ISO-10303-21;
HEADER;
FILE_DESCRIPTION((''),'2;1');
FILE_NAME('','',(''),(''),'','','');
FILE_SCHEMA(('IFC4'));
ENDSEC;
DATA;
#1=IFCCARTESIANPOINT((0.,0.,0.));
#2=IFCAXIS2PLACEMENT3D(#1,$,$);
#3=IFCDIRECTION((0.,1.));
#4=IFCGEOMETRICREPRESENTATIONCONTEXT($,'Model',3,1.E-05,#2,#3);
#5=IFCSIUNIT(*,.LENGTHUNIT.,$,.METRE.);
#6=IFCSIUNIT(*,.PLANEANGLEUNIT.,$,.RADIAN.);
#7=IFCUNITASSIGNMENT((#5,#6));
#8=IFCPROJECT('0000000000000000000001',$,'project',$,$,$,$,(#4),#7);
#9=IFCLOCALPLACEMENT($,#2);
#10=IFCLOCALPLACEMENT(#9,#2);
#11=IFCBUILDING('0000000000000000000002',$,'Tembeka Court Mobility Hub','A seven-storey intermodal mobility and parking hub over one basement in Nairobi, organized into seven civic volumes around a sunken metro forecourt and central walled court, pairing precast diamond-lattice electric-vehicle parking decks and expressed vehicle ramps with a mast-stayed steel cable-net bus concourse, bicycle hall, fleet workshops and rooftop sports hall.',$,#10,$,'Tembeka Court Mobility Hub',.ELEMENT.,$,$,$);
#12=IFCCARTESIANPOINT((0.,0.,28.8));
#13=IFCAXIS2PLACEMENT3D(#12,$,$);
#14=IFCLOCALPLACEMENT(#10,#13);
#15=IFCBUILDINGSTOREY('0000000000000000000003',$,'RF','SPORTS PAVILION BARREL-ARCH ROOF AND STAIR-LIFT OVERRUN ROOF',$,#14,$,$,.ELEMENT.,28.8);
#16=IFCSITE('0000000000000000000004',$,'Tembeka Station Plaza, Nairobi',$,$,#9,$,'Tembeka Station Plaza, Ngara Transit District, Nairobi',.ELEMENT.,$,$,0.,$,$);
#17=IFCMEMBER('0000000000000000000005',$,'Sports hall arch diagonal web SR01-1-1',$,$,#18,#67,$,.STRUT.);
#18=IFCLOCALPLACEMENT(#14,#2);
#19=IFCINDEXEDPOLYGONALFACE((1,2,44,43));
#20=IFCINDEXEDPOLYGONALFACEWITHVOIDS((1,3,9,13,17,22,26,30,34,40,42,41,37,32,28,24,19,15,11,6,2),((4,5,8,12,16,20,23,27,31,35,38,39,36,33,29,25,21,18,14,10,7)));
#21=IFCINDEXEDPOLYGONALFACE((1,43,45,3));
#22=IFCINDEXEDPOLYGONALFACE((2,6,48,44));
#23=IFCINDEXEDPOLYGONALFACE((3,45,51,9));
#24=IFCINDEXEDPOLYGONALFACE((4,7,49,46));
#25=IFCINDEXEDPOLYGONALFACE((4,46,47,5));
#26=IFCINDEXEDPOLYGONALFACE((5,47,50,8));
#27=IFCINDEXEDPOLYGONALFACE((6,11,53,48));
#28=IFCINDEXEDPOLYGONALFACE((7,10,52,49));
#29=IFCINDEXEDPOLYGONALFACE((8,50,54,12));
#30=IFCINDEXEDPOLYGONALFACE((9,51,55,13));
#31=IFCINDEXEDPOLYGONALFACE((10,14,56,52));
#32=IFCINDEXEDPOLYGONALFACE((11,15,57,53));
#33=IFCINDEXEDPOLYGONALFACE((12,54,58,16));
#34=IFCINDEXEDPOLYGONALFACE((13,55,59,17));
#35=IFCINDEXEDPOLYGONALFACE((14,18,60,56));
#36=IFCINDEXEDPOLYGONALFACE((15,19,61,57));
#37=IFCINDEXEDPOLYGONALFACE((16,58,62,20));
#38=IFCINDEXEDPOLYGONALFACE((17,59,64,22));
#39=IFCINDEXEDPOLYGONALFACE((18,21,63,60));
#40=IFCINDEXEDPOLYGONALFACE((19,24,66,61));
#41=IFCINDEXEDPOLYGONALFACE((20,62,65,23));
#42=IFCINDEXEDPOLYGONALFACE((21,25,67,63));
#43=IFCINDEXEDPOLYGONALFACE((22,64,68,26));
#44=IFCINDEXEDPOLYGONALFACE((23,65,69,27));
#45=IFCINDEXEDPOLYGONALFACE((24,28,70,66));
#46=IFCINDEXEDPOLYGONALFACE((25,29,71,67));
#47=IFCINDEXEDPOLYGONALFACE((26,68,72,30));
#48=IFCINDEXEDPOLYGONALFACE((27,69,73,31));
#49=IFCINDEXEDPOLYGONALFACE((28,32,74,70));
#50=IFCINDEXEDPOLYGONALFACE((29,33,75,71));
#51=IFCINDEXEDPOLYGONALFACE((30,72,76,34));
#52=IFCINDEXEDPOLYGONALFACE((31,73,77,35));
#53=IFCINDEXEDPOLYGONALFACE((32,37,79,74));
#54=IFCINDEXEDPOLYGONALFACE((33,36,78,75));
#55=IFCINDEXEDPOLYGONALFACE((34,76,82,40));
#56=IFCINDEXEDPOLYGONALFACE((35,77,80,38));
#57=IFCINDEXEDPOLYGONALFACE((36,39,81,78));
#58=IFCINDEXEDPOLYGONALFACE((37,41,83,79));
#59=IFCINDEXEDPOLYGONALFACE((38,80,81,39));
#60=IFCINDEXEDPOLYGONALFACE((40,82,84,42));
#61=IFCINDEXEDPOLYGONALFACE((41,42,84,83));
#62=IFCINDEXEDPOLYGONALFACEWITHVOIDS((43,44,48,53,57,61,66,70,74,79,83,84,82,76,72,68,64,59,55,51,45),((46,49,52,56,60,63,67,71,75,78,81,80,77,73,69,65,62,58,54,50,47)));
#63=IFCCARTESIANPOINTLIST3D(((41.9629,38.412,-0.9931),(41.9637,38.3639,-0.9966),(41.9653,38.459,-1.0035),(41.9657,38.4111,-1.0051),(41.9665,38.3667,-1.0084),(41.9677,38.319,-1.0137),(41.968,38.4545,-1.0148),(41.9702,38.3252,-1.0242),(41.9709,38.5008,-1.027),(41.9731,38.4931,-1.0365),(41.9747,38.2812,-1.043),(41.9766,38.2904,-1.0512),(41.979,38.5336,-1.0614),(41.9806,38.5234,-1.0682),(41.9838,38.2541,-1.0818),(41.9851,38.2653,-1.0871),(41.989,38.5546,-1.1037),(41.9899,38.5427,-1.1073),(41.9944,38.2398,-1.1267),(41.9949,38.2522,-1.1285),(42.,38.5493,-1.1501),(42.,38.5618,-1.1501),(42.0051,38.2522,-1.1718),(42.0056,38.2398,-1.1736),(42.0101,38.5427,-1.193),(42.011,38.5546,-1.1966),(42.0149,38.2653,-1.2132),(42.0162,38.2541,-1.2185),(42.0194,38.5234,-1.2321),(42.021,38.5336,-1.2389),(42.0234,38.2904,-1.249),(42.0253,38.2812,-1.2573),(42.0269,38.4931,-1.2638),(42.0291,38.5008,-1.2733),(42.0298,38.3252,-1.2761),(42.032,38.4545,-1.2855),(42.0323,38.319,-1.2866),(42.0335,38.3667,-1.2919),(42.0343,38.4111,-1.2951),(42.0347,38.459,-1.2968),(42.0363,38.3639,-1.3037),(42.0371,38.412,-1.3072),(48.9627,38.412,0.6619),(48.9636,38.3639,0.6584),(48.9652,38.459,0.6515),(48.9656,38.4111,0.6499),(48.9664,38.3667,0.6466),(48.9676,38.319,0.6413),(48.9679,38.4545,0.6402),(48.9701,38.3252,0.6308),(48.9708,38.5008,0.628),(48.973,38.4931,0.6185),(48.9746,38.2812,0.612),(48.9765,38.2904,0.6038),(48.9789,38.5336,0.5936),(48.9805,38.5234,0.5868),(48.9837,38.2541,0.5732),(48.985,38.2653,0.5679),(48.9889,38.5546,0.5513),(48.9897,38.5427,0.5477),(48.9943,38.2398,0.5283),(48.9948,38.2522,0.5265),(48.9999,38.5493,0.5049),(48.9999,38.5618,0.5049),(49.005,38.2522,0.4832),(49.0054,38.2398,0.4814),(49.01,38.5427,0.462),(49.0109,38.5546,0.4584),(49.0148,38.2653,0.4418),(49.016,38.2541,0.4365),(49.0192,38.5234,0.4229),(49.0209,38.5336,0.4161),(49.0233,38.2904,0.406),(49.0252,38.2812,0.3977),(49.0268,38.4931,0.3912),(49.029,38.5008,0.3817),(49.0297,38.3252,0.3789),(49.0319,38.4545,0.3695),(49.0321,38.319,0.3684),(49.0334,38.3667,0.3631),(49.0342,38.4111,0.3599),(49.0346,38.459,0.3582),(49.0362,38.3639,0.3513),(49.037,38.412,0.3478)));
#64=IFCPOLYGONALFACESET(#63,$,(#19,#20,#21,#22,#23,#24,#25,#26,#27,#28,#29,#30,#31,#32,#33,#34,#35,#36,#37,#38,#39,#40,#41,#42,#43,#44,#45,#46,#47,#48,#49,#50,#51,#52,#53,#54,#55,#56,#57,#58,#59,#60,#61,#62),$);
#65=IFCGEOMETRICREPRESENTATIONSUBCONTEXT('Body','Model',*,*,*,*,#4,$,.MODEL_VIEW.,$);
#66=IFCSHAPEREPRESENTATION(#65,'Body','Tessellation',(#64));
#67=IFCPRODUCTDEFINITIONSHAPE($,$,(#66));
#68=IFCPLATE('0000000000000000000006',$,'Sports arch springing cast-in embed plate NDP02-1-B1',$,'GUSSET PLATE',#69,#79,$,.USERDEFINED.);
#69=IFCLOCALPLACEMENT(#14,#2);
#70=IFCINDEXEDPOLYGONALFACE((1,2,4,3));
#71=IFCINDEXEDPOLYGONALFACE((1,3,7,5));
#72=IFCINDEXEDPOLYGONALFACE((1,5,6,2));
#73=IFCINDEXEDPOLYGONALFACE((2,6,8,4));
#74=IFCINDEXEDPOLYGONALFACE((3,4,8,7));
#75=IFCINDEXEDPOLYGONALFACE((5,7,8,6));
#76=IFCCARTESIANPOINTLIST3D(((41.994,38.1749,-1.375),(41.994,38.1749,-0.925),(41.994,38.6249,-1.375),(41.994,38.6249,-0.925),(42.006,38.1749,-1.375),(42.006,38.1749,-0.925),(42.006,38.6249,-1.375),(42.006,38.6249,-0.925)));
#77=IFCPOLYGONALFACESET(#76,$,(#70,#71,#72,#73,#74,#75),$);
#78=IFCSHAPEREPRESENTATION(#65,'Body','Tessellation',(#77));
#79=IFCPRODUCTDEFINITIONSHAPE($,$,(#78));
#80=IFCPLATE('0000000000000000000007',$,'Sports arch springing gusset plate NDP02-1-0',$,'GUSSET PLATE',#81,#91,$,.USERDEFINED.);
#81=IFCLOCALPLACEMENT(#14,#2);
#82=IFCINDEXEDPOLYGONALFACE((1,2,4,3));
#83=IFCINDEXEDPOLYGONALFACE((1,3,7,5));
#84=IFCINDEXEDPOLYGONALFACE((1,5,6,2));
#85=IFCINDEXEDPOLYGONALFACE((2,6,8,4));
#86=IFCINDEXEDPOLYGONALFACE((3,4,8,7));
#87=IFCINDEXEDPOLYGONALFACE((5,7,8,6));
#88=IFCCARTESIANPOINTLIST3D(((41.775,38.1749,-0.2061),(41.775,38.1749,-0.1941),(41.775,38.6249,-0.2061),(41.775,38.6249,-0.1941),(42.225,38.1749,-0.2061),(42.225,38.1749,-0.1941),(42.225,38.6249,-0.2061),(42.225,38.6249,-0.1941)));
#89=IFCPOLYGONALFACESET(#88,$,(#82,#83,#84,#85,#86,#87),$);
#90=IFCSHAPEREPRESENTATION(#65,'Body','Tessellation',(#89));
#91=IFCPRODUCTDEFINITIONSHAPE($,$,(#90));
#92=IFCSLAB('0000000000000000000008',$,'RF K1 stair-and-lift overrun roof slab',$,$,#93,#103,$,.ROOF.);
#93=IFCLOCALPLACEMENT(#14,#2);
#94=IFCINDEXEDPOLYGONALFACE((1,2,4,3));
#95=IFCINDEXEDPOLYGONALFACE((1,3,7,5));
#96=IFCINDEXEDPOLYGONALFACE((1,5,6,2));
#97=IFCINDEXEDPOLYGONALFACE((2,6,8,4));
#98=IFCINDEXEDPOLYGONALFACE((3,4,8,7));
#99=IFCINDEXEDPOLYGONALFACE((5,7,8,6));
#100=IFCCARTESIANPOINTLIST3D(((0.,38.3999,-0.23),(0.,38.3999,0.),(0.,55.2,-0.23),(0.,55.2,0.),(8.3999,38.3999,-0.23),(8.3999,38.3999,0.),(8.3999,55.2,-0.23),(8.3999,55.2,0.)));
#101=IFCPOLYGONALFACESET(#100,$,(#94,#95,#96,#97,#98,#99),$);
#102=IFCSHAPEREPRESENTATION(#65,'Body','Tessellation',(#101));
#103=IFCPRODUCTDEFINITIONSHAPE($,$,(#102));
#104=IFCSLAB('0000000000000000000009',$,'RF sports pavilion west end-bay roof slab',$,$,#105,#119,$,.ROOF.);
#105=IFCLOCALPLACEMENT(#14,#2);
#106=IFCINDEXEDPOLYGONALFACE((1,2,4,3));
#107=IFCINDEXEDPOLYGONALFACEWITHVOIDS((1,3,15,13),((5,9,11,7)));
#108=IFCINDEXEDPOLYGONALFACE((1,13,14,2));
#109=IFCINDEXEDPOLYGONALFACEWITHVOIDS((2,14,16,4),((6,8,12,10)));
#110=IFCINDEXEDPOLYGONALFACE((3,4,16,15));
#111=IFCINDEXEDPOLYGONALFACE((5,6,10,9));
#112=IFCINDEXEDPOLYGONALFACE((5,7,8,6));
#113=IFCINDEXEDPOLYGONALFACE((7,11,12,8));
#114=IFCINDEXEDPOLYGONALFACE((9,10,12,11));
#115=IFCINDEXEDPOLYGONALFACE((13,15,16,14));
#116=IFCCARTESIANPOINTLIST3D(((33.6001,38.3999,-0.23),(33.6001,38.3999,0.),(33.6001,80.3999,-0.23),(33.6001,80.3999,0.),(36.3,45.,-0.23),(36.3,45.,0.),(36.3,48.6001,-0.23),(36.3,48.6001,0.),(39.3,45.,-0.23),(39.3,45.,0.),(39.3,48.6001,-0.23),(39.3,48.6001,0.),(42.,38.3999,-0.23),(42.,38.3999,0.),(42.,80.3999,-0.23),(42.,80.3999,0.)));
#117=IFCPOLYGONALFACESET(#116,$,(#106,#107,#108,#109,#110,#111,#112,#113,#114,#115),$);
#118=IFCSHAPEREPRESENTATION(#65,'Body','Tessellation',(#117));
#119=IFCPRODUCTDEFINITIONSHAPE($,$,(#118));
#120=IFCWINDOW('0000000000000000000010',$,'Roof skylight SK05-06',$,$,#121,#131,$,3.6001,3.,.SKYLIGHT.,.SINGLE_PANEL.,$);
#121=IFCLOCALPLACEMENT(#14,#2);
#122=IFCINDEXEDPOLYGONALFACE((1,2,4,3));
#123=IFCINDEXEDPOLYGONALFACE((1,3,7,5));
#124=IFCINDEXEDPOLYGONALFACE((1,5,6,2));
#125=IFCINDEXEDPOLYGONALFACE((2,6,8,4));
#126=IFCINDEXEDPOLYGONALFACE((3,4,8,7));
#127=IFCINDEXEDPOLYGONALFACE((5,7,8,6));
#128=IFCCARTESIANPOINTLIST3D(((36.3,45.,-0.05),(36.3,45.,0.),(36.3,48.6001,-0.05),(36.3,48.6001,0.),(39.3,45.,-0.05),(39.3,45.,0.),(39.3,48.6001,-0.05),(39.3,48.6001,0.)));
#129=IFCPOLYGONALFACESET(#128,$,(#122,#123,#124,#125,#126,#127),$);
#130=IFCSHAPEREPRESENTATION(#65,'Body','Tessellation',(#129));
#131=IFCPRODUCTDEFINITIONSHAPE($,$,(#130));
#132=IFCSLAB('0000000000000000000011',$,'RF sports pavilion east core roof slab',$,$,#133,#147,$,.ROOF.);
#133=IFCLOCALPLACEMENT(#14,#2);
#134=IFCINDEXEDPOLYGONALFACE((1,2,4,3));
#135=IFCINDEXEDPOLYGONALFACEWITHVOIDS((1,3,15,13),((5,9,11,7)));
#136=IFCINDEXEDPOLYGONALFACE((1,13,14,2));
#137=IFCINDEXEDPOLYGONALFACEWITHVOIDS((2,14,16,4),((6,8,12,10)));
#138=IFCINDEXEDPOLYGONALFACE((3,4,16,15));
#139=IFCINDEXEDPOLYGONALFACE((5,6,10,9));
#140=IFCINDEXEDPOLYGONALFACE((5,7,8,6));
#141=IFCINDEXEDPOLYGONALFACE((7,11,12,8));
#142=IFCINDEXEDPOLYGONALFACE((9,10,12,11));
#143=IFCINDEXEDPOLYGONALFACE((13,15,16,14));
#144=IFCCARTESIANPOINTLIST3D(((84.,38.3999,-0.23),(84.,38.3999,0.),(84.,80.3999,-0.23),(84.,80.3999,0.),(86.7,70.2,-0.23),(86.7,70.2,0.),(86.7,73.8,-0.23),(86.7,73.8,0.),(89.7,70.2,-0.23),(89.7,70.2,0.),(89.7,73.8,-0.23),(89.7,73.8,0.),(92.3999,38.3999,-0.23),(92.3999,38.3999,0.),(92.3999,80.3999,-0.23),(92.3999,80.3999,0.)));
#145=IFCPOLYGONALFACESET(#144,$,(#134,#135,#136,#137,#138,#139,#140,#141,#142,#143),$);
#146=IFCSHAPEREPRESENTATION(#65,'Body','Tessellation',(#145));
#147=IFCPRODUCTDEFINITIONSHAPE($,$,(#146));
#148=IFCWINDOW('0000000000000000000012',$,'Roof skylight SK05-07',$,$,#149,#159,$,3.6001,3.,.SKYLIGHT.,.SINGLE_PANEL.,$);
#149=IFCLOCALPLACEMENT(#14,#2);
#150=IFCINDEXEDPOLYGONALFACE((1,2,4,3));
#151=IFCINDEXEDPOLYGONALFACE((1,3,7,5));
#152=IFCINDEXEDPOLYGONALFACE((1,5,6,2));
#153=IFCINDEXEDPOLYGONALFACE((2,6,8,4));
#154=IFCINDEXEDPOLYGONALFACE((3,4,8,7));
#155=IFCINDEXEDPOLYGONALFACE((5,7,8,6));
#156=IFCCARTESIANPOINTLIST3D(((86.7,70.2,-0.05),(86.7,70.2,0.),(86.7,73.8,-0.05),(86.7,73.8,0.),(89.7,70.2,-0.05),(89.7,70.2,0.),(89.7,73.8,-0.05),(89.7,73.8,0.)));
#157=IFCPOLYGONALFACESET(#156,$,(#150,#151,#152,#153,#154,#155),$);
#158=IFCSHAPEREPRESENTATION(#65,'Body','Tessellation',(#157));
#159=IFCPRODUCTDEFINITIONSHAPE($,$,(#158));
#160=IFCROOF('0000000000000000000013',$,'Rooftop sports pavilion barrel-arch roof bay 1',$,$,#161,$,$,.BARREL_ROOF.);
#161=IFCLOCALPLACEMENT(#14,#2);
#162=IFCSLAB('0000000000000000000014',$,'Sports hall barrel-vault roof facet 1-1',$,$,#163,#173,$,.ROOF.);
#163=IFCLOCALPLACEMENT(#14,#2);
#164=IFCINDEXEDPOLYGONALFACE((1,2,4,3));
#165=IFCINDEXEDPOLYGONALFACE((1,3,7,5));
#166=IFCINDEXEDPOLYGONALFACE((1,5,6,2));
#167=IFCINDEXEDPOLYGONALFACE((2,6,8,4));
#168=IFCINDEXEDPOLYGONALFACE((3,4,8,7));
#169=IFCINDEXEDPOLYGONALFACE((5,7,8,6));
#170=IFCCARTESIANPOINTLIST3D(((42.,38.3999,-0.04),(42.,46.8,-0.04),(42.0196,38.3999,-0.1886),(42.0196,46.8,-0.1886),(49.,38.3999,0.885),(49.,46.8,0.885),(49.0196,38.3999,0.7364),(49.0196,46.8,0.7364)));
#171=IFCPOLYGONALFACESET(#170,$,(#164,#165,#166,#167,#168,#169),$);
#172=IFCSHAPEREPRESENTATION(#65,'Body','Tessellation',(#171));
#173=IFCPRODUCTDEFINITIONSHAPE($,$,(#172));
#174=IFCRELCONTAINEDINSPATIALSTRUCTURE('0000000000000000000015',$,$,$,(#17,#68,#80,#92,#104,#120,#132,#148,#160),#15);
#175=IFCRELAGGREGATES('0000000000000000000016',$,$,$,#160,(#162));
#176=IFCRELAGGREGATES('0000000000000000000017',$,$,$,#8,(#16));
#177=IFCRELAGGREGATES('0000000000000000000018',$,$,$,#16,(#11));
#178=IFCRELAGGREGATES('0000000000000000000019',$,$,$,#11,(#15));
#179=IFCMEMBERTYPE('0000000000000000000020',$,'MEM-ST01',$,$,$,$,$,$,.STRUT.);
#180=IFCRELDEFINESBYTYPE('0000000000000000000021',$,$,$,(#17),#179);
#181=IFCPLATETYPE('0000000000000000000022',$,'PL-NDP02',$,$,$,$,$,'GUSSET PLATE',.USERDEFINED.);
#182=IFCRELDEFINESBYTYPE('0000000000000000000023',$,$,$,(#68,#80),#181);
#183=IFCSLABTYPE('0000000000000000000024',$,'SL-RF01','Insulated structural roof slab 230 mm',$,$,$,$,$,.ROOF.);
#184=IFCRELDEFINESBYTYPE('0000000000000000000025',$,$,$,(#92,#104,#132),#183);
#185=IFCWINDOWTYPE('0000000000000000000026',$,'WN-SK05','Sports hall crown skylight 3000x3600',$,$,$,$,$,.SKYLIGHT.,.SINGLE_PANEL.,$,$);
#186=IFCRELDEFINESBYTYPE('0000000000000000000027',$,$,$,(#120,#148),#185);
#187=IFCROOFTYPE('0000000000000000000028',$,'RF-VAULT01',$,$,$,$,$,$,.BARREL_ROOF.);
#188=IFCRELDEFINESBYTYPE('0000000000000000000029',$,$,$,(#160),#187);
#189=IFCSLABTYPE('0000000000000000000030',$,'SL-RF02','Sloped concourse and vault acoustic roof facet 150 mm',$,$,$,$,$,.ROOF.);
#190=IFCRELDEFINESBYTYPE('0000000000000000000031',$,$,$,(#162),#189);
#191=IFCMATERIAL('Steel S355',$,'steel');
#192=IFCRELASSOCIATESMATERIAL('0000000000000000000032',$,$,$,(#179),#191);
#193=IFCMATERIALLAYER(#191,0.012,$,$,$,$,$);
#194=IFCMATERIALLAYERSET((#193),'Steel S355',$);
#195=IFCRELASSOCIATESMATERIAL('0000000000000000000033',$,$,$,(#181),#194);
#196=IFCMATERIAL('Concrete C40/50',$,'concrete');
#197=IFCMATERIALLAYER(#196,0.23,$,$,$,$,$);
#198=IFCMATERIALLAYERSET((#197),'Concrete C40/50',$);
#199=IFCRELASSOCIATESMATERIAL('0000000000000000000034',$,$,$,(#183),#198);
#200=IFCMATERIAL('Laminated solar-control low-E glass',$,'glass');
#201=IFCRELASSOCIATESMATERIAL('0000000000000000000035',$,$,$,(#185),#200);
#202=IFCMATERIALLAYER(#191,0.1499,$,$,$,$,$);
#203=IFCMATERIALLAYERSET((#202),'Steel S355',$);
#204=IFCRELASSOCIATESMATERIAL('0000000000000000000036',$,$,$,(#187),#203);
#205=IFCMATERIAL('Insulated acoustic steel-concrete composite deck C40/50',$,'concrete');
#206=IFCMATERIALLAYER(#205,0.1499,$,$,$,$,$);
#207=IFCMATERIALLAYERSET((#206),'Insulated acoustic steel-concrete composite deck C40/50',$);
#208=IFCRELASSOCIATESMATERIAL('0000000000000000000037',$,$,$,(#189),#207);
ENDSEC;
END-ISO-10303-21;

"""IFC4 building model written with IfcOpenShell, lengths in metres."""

from ifc_helpers import new_model, si_unit, direction, frame, origin, origin_2d, place, context, subcontext, project, spatial, polyline, rectangle, hollow_circle, outline, extrude, material, layer, layer_set, material_profile, profile_set, type_object, element, fill, aggregate, save


model = new_model("IFC4")

# Units and contexts
model_context = context("Model", 3, precision=1e-05, world=origin(), true_north=direction((0.0, 1.0)))
body_context = subcontext(model_context, "Body", "Model", "MODEL_VIEW")
ifc_project = project(units=[si_unit("LENGTHUNIT", "METRE"), si_unit("PLANEANGLEUNIT", "RADIAN")], contexts=[model_context])

# Site, building, storey
site_placement = place(None, origin())
site = spatial("IfcSite", under=ifc_project, at=site_placement, Name="Tembeka Station Plaza, Nairobi", LongName="Tembeka Station Plaza, Ngara Transit District, Nairobi", CompositionType="ELEMENT", RefElevation=0.0)
building_placement = place(site_placement, origin())
building = spatial("IfcBuilding", under=site, at=building_placement, Name="Tembeka Court Mobility Hub", Description="A seven-storey intermodal mobility and parking hub over one basement in Nairobi, organized into seven civic volumes around a sunken metro forecourt and central walled court, pairing precast diamond-lattice electric-vehicle parking decks and expressed vehicle ramps with a mast-stayed steel cable-net bus concourse, bicycle hall, fleet workshops and rooftop sports hall.", LongName="Tembeka Court Mobility Hub", CompositionType="ELEMENT")
storey_placement = place(building_placement, frame((0.0, 0.0, 28.8)))
storey = spatial("IfcBuildingStorey", under=building, at=storey_placement, Name="RF", Description="SPORTS PAVILION BARREL-ARCH ROOF AND STAIR-LIFT OVERRUN ROOF", CompositionType="ELEMENT", Elevation=28.8)

# Shared definitions
ifc_material_1 = material(Name="Steel S355", Category="steel")

# Member
ifc_material_profile_1 = material_profile(ifc_material_1, hollow_circle(Radius=0.1619, WallThickness=0.0125, at=origin_2d()), Name="CHS 323.9x12.5")
ifc_profile_set_1 = profile_set([ifc_material_profile_1], Name="Steel S355")
member_type = type_object("IfcMemberType", Name="MEM-ST01", PredefinedType="STRUT", material=ifc_profile_set_1)
member_1_placement = place(storey_placement, frame((42.0, 38.3999, -1.1501), z_axis=(0.97317, 0.0, 0.230089), x_axis=(0.0, 1.0, 0.0)))
element("IfcMember", 1, at=member_1_placement, inside=storey, type_object=member_type, Name="Sports hall arch diagonal web SR01-1-1", PredefinedType="STRUT", context=body_context, shape_type="SweptSolid", body=[
    extrude(hollow_circle(Radius=0.1619, WallThickness=0.0125, at=origin_2d()), origin(), (0.0, 0.0, 1.0), 7.1929),
])

# Plates
ifc_layer_1 = layer(ifc_material_1, 0.012)
ifc_layer_set_1 = layer_set([ifc_layer_1], Name="Steel S355")
plate_type = type_object("IfcPlateType", Name="PL-NDP02", ElementType="GUSSET PLATE", PredefinedType="USERDEFINED", material=ifc_layer_set_1)
plate_1_placement = place(storey_placement, frame((42.0, 38.3999, -1.375), z_axis=(0.0, 0.0, 1.0), x_axis=(1.0, 0.0, 0.0)))
element("IfcPlate", 2, at=plate_1_placement, inside=storey, type_object=plate_type, Name="Sports arch springing cast-in embed plate NDP02-1-B1", ObjectType="GUSSET PLATE", PredefinedType="USERDEFINED", context=body_context, shape_type="SweptSolid", body=[
    extrude(rectangle(XDim=0.012, YDim=0.45, at=origin_2d()), origin(), (0.0, 0.0, 1.0), 0.45),
])
plate_2_placement = place(storey_placement, frame((42.0, 38.3999, -0.2061), z_axis=(0.0, 0.0, 1.0), x_axis=(1.0, 0.0, 0.0)))
element("IfcPlate", 3, at=plate_2_placement, inside=storey, type_object=plate_type, Name="Sports arch springing gusset plate NDP02-1-0", ObjectType="GUSSET PLATE", PredefinedType="USERDEFINED", context=body_context, shape_type="SweptSolid", body=[
    extrude(rectangle(XDim=0.45, YDim=0.45, at=origin_2d()), origin(), (0.0, 0.0, 1.0), 0.012),
])

# Slab
ifc_material_2 = material(Name="Concrete C40/50", Category="concrete")
ifc_layer_2 = layer(ifc_material_2, 0.23)
ifc_layer_set_2 = layer_set([ifc_layer_2], Name="Concrete C40/50")
slab_type_1 = type_object("IfcSlabType", Name="SL-RF01", Description="Insulated structural roof slab 230 mm", PredefinedType="ROOF", material=ifc_layer_set_2)
slab_1_placement = place(storey_placement, frame((0.0, 0.0, -0.23)))
element("IfcSlab", 4, at=slab_1_placement, inside=storey, type_object=slab_type_1, Name="RF K1 stair-and-lift overrun roof slab", PredefinedType="ROOF", context=body_context, shape_type="SweptSolid", body=[
    extrude(outline(polyline([(0.0, 38.3999), (8.3999, 38.3999), (8.3999, 55.2), (0.0, 55.2), (0.0, 38.3999)])), origin(), (0.0, 0.0, 1.0), 0.23),
])

# Slabs, openings, windows
slab_2_placement = place(storey_placement, frame((0.0, 0.0, -0.23)))
slab_2 = element("IfcSlab", 5, at=slab_2_placement, inside=storey, type_object=slab_type_1, Name="RF sports pavilion west end-bay roof slab", PredefinedType="ROOF", context=body_context, shape_type="SweptSolid", body=[
    extrude(outline(polyline([(33.6001, 38.3999), (42.0, 38.3999), (42.0, 80.3999), (33.6001, 80.3999), (33.6001, 38.3999)])), origin(), (0.0, 0.0, 1.0), 0.23),
])
opening_1_placement = place(slab_2_placement, frame((37.8, 46.8, -0.01)))
opening_1 = element("IfcOpeningElement", 6, at=opening_1_placement, cuts=slab_2, PredefinedType="OPENING", context=body_context, shape_type="SweptSolid", body=[
    extrude(rectangle(XDim=3.0, YDim=3.6001, at=origin_2d()), origin(), (0.0, 0.0, 1.0), 0.25),
])
ifc_material_3 = material(Name="Laminated solar-control low-E glass", Category="glass")
window_type = type_object("IfcWindowType", Name="WN-SK05", Description="Sports hall crown skylight 3000x3600", PartitioningType="SINGLE_PANEL", PredefinedType="SKYLIGHT", material=ifc_material_3)
window_1_placement = place(opening_1_placement, frame((0.0, 0.0, 0.1899)))
window_1 = element("IfcWindow", 7, at=window_1_placement, inside=storey, type_object=window_type, Name="Roof skylight SK05-06", OverallHeight=3.6001, OverallWidth=3.0, PartitioningType="SINGLE_PANEL", PredefinedType="SKYLIGHT", context=body_context, shape_type="SweptSolid", body=[
    extrude(rectangle(XDim=3.0, YDim=3.6001, at=origin_2d()), origin(), (0.0, 0.0, 1.0), 0.05),
])
fill(opening_1, window_1)
slab_3_placement = place(storey_placement, frame((0.0, 0.0, -0.23)))
slab_3 = element("IfcSlab", 8, at=slab_3_placement, inside=storey, type_object=slab_type_1, Name="RF sports pavilion east core roof slab", PredefinedType="ROOF", context=body_context, shape_type="SweptSolid", body=[
    extrude(outline(polyline([(84.0, 38.3999), (92.3999, 38.3999), (92.3999, 80.3999), (84.0, 80.3999), (84.0, 38.3999)])), origin(), (0.0, 0.0, 1.0), 0.23),
])
opening_2_placement = place(slab_3_placement, frame((88.2, 72.0, -0.01)))
opening_2 = element("IfcOpeningElement", 9, at=opening_2_placement, cuts=slab_3, PredefinedType="OPENING", context=body_context, shape_type="SweptSolid", body=[
    extrude(rectangle(XDim=3.0, YDim=3.6001, at=origin_2d()), origin(), (0.0, 0.0, 1.0), 0.25),
])
window_2_placement = place(opening_2_placement, frame((0.0, 0.0, 0.1899)))
window_2 = element("IfcWindow", 10, at=window_2_placement, inside=storey, type_object=window_type, Name="Roof skylight SK05-07", OverallHeight=3.6001, OverallWidth=3.0, PartitioningType="SINGLE_PANEL", PredefinedType="SKYLIGHT", context=body_context, shape_type="SweptSolid", body=[
    extrude(rectangle(XDim=3.0, YDim=3.6001, at=origin_2d()), origin(), (0.0, 0.0, 1.0), 0.05),
])
fill(opening_2, window_2)

# Roof, slab
ifc_layer_3 = layer(ifc_material_1, 0.1499)
ifc_layer_set_3 = layer_set([ifc_layer_3], Name="Steel S355")
roof_type = type_object("IfcRoofType", Name="RF-VAULT01", PredefinedType="BARREL_ROOF", material=ifc_layer_set_3)
roof_placement = place(storey_placement, origin())
roof = element("IfcRoof", 11, at=roof_placement, inside=storey, type_object=roof_type, Name="Rooftop sports pavilion barrel-arch roof bay 1", PredefinedType="BARREL_ROOF")
ifc_material_4 = material(Name="Insulated acoustic steel-concrete composite deck C40/50", Category="concrete")
ifc_layer_4 = layer(ifc_material_4, 0.1499)
ifc_layer_set_4 = layer_set([ifc_layer_4], Name="Insulated acoustic steel-concrete composite deck C40/50")
slab_type_2 = type_object("IfcSlabType", Name="SL-RF02", Description="Sloped concourse and vault acoustic roof facet 150 mm", PredefinedType="ROOF", material=ifc_layer_set_4)
slab_4_placement = place(storey_placement, frame((42.0, 38.3999, -0.04), z_axis=(-0.131011, 0.0, 0.991381), x_axis=(0.991381, 0.0, 0.131011)))
slab_4 = element("IfcSlab", 12, at=slab_4_placement, type_object=slab_type_2, Name="Sports hall barrel-vault roof facet 1-1", PredefinedType="ROOF", context=body_context, shape_type="SweptSolid", body=[
    extrude(outline(polyline([(0.0, 0.0), (7.0609, 0.0), (7.0609, 8.4001), (0.0, 8.4001), (0.0, 0.0)])), origin(), (0.0, 0.0, -1.0), 0.1499),
])
aggregate(roof, [slab_4])

save(model, "model.ifc")
